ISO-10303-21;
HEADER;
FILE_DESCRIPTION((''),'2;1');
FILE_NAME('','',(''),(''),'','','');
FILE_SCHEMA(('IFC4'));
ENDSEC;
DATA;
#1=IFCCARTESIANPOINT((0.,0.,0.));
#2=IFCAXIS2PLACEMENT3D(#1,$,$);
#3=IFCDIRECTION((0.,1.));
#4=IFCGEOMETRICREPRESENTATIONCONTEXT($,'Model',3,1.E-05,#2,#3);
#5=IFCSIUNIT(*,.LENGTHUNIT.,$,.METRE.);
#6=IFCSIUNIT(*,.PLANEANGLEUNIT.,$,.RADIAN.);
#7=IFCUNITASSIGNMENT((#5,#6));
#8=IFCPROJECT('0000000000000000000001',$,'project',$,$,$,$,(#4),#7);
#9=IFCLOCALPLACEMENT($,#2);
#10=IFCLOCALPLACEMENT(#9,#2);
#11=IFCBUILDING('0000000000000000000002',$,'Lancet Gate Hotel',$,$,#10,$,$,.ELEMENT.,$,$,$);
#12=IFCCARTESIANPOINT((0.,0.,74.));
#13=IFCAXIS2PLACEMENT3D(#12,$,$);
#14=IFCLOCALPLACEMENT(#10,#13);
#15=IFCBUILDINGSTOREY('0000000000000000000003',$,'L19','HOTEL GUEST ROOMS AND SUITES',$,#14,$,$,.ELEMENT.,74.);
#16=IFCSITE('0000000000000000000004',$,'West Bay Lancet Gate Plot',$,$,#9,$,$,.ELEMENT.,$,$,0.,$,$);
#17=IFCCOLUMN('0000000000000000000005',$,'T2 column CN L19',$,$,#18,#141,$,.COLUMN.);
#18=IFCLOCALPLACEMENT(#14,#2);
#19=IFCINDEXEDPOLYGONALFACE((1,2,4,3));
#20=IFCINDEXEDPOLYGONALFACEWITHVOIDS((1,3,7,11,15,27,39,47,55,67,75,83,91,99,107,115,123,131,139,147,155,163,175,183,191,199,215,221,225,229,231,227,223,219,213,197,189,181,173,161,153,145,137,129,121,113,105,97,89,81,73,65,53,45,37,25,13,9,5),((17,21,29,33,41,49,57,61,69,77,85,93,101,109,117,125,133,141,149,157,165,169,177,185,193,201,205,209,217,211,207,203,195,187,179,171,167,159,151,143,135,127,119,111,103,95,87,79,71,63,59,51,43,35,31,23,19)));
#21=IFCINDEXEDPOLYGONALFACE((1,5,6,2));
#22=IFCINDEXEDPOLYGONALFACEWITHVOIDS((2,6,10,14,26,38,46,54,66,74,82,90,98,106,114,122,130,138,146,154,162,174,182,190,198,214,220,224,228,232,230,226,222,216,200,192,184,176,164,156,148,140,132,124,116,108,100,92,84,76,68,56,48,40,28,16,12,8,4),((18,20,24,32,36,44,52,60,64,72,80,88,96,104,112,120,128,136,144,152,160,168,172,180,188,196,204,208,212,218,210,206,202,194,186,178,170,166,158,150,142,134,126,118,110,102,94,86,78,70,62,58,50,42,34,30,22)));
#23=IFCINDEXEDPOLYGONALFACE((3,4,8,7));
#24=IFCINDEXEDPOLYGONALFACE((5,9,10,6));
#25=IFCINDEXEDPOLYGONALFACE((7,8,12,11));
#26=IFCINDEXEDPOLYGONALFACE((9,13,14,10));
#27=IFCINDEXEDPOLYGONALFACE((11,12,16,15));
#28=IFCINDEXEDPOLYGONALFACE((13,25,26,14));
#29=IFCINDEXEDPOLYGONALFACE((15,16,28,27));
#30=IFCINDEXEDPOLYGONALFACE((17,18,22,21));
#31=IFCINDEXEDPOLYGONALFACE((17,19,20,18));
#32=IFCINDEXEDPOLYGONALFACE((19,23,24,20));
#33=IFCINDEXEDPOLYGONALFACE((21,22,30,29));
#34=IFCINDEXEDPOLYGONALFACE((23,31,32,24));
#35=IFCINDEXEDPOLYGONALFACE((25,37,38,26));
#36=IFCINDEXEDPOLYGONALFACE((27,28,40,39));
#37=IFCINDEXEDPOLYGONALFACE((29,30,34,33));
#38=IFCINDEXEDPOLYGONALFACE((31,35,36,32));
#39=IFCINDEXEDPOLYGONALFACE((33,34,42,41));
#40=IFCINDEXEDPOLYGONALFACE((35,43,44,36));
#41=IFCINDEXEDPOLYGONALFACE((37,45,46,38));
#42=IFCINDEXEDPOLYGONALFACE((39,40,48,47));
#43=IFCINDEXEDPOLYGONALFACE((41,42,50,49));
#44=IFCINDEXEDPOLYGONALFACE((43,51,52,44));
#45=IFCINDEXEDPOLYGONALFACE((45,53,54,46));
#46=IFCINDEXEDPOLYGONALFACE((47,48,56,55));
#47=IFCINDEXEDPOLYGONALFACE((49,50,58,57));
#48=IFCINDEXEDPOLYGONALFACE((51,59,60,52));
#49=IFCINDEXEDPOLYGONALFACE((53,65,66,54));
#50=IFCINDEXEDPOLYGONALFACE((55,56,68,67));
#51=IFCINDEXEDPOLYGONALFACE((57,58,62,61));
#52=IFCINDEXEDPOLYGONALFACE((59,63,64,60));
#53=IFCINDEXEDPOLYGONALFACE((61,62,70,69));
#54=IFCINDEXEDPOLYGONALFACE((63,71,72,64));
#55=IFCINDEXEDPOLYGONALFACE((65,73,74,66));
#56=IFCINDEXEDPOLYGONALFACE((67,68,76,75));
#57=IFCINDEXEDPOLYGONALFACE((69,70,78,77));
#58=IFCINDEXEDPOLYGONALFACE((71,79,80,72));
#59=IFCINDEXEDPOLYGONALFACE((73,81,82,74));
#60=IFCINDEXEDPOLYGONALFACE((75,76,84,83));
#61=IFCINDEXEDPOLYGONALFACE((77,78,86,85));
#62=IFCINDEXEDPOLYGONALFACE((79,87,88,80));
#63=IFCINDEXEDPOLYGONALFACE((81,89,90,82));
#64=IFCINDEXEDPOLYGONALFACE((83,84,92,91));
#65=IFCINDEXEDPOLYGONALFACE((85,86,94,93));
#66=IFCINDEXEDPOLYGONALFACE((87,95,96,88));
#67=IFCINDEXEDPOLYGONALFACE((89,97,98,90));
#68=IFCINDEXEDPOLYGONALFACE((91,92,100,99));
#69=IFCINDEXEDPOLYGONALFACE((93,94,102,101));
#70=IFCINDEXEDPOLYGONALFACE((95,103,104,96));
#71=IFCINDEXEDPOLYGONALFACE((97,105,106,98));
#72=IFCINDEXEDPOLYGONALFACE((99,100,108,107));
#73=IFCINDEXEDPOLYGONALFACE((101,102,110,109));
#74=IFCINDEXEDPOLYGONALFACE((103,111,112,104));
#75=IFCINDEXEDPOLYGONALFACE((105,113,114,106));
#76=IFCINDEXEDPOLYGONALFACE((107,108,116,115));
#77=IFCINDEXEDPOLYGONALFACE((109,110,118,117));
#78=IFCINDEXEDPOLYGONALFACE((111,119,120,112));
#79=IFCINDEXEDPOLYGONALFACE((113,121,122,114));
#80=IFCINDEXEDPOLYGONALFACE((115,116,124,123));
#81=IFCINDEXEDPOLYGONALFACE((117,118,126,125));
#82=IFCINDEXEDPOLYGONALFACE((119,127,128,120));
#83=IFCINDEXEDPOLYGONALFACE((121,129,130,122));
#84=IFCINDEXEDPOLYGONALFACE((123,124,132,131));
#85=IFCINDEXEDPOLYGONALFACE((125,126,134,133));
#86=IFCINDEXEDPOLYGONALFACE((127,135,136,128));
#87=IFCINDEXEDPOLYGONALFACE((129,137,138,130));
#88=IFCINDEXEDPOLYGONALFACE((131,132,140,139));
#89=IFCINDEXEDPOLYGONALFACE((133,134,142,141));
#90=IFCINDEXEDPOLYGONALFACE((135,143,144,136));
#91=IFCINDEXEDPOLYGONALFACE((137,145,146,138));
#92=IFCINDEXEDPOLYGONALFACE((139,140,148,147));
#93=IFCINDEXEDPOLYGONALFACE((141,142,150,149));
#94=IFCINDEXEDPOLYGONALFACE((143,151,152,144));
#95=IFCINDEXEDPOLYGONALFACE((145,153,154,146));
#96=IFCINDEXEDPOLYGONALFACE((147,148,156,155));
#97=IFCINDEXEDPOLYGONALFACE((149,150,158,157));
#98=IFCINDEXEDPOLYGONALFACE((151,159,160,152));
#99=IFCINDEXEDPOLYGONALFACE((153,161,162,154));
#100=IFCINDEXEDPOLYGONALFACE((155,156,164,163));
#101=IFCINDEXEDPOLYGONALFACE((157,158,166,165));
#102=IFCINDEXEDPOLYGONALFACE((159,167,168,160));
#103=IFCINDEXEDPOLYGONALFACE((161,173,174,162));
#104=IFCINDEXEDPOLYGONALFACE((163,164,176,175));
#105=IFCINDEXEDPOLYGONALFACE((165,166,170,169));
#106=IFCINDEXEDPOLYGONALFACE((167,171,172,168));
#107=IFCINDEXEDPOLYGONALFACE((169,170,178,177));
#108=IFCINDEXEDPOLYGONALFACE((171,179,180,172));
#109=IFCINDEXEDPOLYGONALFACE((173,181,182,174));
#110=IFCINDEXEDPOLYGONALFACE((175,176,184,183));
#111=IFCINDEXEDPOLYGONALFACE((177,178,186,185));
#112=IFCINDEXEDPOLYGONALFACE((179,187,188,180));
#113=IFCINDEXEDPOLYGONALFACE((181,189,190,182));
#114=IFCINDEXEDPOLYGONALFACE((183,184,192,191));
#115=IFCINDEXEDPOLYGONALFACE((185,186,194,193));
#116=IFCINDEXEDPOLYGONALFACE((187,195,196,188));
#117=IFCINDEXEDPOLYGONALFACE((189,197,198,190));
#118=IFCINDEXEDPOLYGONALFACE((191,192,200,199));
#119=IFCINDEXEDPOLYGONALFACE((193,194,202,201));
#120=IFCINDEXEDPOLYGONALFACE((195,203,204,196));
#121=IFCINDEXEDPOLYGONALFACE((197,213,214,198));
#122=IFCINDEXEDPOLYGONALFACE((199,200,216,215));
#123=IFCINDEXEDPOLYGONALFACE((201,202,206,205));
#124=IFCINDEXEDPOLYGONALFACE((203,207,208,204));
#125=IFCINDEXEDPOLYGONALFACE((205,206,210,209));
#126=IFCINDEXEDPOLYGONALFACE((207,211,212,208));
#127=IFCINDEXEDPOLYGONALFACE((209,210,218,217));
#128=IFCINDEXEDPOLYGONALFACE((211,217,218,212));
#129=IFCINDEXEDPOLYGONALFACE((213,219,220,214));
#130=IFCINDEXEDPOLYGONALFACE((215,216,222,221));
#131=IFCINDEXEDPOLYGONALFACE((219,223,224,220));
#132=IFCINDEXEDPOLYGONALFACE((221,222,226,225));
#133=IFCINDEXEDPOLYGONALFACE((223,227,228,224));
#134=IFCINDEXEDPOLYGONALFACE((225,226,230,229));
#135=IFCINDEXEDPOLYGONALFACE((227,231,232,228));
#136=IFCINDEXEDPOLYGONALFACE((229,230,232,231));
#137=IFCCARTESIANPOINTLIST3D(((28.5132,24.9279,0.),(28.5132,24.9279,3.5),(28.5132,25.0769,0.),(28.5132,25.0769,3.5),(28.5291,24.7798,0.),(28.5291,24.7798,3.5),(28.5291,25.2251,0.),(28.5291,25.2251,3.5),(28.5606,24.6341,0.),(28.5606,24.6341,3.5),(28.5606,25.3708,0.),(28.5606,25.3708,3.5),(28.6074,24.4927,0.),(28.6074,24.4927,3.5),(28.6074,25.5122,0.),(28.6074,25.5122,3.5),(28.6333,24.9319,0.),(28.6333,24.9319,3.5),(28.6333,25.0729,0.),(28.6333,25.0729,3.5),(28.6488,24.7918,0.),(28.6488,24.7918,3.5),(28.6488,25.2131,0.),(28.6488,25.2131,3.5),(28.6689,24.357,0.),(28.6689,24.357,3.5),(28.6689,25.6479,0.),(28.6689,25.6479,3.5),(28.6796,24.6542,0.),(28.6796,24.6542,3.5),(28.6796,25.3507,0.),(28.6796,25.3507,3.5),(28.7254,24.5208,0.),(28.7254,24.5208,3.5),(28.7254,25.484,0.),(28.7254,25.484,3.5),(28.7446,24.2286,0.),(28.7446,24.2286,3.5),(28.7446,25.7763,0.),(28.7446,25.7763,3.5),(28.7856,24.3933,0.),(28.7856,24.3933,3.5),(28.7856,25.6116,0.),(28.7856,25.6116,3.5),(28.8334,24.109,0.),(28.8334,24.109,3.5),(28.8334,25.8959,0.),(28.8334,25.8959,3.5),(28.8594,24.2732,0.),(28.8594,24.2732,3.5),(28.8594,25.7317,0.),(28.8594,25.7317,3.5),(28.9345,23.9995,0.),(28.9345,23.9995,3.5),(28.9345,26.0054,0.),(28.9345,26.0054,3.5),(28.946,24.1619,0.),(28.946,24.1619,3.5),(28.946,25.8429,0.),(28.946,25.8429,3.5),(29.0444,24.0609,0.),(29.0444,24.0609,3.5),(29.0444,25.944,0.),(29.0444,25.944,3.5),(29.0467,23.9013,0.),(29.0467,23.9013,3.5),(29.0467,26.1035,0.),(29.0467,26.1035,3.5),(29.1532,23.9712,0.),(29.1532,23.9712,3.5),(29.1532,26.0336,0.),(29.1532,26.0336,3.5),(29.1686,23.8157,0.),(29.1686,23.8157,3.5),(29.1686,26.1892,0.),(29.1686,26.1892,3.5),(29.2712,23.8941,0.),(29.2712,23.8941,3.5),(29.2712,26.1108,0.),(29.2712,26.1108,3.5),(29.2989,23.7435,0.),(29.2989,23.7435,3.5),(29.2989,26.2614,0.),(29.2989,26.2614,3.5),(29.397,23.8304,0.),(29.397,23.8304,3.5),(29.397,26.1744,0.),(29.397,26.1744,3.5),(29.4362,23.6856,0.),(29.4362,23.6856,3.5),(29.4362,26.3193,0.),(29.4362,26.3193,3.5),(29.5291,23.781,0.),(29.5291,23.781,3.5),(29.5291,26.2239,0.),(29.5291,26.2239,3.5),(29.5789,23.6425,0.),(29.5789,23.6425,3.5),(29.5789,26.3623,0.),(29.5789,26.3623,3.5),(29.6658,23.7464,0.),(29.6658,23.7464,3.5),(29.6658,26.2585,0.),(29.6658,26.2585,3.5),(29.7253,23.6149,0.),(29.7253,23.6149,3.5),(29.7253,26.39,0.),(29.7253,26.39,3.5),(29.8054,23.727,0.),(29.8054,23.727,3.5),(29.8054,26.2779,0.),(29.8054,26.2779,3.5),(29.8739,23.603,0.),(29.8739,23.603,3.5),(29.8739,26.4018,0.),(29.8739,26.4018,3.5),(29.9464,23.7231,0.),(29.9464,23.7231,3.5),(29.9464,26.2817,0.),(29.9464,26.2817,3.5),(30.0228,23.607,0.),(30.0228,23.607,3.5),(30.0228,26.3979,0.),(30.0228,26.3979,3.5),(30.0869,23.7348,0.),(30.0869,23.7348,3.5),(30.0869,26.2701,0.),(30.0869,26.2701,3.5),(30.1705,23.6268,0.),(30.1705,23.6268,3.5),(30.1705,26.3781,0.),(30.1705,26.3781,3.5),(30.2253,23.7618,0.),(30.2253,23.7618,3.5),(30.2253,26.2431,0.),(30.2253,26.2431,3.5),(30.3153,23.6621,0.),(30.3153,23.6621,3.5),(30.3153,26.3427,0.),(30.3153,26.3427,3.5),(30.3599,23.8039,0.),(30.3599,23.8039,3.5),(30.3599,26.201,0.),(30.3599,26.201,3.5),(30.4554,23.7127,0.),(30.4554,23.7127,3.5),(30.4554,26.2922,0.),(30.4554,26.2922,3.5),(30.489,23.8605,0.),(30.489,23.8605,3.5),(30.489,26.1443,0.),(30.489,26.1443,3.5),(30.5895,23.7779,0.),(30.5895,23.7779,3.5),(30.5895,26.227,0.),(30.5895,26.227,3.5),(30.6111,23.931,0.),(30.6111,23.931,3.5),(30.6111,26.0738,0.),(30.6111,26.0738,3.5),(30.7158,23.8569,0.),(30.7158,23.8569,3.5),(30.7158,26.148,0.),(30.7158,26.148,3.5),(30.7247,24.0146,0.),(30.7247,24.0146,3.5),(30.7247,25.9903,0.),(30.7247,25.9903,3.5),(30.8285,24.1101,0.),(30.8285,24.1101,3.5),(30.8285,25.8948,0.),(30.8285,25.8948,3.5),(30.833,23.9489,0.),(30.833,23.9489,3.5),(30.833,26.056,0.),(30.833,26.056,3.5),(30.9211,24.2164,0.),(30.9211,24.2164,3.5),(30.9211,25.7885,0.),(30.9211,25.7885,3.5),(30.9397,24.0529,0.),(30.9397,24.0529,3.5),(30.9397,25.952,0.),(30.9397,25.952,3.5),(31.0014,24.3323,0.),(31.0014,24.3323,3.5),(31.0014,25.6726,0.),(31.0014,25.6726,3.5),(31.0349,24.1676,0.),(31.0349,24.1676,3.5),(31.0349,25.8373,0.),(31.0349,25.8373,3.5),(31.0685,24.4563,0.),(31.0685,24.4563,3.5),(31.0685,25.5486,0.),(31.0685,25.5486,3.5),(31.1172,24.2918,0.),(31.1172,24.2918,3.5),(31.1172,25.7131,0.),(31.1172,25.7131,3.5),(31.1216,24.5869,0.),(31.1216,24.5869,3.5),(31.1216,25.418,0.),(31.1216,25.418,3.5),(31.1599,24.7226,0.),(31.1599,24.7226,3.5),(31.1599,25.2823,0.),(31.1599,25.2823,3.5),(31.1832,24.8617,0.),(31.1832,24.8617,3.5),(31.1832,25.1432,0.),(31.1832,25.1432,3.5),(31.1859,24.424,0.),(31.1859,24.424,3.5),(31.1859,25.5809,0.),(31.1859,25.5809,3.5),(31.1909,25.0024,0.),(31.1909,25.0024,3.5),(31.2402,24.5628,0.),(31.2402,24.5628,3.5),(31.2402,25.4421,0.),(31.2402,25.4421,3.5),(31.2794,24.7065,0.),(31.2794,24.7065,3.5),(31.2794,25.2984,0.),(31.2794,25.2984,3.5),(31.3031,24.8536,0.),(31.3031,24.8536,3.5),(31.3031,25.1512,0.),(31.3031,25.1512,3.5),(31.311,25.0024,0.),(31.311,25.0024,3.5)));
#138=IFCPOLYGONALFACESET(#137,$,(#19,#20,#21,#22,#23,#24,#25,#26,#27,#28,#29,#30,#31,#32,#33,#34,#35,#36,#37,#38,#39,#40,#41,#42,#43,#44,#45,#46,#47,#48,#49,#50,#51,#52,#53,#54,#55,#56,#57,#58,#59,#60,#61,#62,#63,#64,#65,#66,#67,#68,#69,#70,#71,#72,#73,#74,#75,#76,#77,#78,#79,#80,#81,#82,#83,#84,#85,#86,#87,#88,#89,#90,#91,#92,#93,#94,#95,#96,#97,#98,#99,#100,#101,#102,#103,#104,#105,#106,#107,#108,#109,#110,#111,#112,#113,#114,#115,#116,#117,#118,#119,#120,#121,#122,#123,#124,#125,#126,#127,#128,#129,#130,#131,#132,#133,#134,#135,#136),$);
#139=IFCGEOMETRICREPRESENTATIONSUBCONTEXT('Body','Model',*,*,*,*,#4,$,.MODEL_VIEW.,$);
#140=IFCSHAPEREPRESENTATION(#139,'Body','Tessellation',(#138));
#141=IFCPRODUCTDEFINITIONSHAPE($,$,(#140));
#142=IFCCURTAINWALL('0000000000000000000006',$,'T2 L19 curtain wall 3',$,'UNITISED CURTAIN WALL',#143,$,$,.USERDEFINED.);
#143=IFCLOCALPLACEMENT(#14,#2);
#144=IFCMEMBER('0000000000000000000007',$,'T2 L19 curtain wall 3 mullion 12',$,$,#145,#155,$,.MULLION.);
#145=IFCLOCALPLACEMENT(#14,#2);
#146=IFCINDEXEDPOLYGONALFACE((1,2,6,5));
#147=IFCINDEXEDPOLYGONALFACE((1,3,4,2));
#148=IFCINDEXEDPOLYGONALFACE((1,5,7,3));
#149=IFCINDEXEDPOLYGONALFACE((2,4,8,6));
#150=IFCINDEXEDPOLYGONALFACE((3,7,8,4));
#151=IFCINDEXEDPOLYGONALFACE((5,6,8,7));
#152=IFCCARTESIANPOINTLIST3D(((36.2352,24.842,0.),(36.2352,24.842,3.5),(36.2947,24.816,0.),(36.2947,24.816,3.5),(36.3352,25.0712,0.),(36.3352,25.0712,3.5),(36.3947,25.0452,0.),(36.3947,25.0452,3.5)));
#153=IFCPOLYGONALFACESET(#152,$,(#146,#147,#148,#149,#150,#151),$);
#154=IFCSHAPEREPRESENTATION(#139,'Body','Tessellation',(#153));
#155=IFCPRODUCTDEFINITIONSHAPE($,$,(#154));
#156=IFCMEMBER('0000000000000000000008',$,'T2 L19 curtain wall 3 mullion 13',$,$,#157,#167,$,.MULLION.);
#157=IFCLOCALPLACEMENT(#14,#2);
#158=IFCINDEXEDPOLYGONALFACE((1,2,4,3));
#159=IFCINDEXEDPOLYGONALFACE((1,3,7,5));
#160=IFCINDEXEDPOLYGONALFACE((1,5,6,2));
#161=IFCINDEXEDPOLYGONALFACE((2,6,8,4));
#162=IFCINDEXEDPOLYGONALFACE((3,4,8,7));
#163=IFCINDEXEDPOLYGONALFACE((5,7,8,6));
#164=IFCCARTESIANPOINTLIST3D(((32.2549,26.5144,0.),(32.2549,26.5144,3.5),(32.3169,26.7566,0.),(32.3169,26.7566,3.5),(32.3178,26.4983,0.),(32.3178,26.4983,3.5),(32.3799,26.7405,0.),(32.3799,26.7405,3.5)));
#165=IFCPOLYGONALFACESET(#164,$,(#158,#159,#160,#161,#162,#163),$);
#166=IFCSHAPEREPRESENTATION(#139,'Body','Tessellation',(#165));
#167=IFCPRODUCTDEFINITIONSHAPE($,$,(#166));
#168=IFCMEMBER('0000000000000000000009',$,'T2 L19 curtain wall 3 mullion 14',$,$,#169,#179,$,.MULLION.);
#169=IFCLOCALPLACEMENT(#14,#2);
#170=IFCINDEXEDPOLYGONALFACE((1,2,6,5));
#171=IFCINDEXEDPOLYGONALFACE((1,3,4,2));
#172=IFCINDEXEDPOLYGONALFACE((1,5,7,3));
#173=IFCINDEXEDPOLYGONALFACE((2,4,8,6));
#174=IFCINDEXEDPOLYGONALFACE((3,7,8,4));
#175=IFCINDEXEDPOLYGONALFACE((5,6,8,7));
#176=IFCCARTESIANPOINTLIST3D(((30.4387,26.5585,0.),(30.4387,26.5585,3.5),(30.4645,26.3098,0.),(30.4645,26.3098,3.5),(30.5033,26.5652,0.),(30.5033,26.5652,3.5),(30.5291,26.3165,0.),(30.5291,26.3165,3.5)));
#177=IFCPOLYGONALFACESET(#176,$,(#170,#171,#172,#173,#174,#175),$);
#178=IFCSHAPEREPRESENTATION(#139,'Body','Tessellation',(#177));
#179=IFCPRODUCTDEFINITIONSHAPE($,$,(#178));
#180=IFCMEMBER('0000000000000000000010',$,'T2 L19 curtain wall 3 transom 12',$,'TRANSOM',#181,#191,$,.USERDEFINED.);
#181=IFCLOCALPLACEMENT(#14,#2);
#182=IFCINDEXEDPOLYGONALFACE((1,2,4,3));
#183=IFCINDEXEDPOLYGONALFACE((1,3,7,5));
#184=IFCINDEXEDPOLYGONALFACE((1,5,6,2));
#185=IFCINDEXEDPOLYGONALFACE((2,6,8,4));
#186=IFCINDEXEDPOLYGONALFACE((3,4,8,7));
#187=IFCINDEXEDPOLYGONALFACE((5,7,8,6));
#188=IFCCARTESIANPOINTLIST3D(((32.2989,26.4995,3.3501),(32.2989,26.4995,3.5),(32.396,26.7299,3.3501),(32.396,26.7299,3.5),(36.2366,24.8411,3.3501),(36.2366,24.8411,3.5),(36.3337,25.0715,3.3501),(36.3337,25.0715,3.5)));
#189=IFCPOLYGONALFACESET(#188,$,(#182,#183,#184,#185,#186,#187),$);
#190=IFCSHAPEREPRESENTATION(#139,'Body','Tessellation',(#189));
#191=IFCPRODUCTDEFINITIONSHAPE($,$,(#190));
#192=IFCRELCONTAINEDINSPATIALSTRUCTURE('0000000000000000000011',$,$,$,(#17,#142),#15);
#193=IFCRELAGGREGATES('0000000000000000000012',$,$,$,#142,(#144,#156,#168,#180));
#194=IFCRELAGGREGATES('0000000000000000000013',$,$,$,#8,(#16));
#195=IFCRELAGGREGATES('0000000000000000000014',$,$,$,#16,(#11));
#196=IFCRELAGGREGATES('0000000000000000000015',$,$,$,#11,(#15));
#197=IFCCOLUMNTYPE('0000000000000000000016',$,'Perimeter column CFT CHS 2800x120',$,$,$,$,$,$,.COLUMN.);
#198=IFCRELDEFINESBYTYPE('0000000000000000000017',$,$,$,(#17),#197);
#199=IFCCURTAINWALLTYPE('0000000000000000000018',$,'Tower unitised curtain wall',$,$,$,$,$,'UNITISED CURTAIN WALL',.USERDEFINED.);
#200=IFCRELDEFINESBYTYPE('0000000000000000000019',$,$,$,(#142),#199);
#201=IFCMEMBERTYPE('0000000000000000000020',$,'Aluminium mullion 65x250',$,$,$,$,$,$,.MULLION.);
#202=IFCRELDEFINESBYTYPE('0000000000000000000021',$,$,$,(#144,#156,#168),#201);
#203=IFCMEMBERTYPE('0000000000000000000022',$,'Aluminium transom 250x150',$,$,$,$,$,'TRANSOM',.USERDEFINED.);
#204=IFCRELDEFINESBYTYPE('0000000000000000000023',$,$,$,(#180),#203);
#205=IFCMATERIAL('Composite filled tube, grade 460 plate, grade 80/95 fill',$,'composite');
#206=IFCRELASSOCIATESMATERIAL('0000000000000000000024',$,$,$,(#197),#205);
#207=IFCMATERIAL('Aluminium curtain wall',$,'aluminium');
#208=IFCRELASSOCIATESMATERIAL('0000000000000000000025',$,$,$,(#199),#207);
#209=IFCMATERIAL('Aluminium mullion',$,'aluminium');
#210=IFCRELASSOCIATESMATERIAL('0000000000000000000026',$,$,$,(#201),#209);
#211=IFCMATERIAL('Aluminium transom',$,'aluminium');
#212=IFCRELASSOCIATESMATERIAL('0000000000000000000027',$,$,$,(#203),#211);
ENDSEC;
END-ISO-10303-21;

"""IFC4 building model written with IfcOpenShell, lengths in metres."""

from ifc_helpers import new_model, si_unit, direction, frame, origin, origin_2d, place, context, subcontext, project, spatial, rectangle, hollow_circle, extrude, material, material_profile, profile_set, type_object, element, aggregate, save


model = new_model("IFC4")

# Units and contexts
model_context = context("Model", 3, precision=1e-05, world=origin(), true_north=direction((0.0, 1.0)))
body_context = subcontext(model_context, "Body", "Model", "MODEL_VIEW")
ifc_project = project(units=[si_unit("LENGTHUNIT", "METRE"), si_unit("PLANEANGLEUNIT", "RADIAN")], contexts=[model_context])

# Site, building, storey
site_placement = place(None, origin())
site = spatial("IfcSite", under=ifc_project, at=site_placement, Name="West Bay Lancet Gate Plot", CompositionType="ELEMENT", RefElevation=0.0)
building_placement = place(site_placement, origin())
building = spatial("IfcBuilding", under=site, at=building_placement, Name="Lancet Gate Hotel", CompositionType="ELEMENT")
storey_placement = place(building_placement, frame((0.0, 0.0, 74.0)))
storey = spatial("IfcBuildingStorey", under=building, at=storey_placement, Name="L19", Description="HOTEL GUEST ROOMS AND SUITES", CompositionType="ELEMENT", Elevation=74.0)

# Column
ifc_material_1 = material(Name="Composite filled tube, grade 460 plate, grade 80/95 fill", Category="composite")
ifc_material_profile_1 = material_profile(ifc_material_1, hollow_circle(Radius=1.3999, WallThickness=0.1201, at=origin_2d()), Name="CHS 2800x120")
ifc_profile_set_1 = profile_set([ifc_material_profile_1], Name="Composite filled tube, grade 460 plate, grade 80/95 fill")
column_type = type_object("IfcColumnType", Name="Perimeter column CFT CHS 2800x120", PredefinedType="COLUMN", material=ifc_profile_set_1)
column_placement = place(storey_placement, frame((29.9111, 25.0024, 0.0), z_axis=(0.0, 0.0, 1.0), x_axis=(1.0, 0.0, 0.0)))
element("IfcColumn", 1, at=column_placement, inside=storey, type_object=column_type, Name="T2 column CN L19", PredefinedType="COLUMN", context=body_context, shape_type="SweptSolid", body=[
    extrude(hollow_circle(Radius=1.3999, WallThickness=0.1201, at=origin_2d()), origin(), (0.0, 0.0, 1.0), 3.5),
])

# Curtain wall, members
ifc_material_2 = material(Name="Aluminium curtain wall", Category="aluminium")
curtain_wall_type = type_object("IfcCurtainWallType", Name="Tower unitised curtain wall", ElementType="UNITISED CURTAIN WALL", PredefinedType="USERDEFINED", material=ifc_material_2)
curtain_wall_placement = place(storey_placement, origin())
curtain_wall = element("IfcCurtainWall", 2, at=curtain_wall_placement, inside=storey, type_object=curtain_wall_type, Name="T2 L19 curtain wall 3", ObjectType="UNITISED CURTAIN WALL", PredefinedType="USERDEFINED")
ifc_material_3 = material(Name="Aluminium mullion", Category="aluminium")
ifc_material_profile_2 = material_profile(ifc_material_3, rectangle(XDim=0.0649, YDim=0.25, at=origin_2d()), Name="MULLION 65x250")
ifc_profile_set_2 = profile_set([ifc_material_profile_2], Name="Aluminium mullion")
member_type_1 = type_object("IfcMemberType", Name="Aluminium mullion 65x250", PredefinedType="MULLION", material=ifc_profile_set_2)
member_1_placement = place(storey_placement, frame((36.3149, 24.9436, 0.0), z_axis=(0.0, 0.0, 1.0), x_axis=(-0.916579, 0.399854, 0.0)))
member_1 = element("IfcMember", 3, at=member_1_placement, type_object=member_type_1, Name="T2 L19 curtain wall 3 mullion 12", PredefinedType="MULLION", context=body_context, shape_type="SweptSolid", body=[
    extrude(rectangle(XDim=0.0649, YDim=0.25, at=origin_2d()), origin(), (0.0, 0.0, 1.0), 3.5),
])
member_2_placement = place(storey_placement, frame((32.3174, 26.6274, 0.0), z_axis=(0.0, 0.0, 1.0), x_axis=(-0.968721, 0.24815, 0.0)))
member_2 = element("IfcMember", 4, at=member_2_placement, type_object=member_type_1, Name="T2 L19 curtain wall 3 mullion 13", PredefinedType="MULLION", context=body_context, shape_type="SweptSolid", body=[
    extrude(rectangle(XDim=0.0649, YDim=0.25, at=origin_2d()), origin(), (0.0, 0.0, 1.0), 3.5),
])
member_3_placement = place(storey_placement, frame((30.4839, 26.4375, 0.0), z_axis=(0.0, 0.0, 1.0), x_axis=(-0.994672, -0.103088, 0.0)))
member_3 = element("IfcMember", 5, at=member_3_placement, type_object=member_type_1, Name="T2 L19 curtain wall 3 mullion 14", PredefinedType="MULLION", context=body_context, shape_type="SweptSolid", body=[
    extrude(rectangle(XDim=0.0649, YDim=0.25, at=origin_2d()), origin(), (0.0, 0.0, 1.0), 3.5),
])
ifc_material_4 = material(Name="Aluminium transom", Category="aluminium")
ifc_material_profile_3 = material_profile(ifc_material_4, rectangle(XDim=0.25, YDim=0.1499, at=origin_2d()), Name="TRANSOM 250x150")
ifc_profile_set_3 = profile_set([ifc_material_profile_3], Name="Aluminium transom")
member_type_2 = type_object("IfcMemberType", Name="Aluminium transom 250x150", ElementType="TRANSOM", PredefinedType="USERDEFINED", material=ifc_profile_set_3)
member_4_placement = place(storey_placement, frame((36.2852, 24.9563, 3.425), z_axis=(-0.921598, 0.388146, 0.0), x_axis=(-0.388146, -0.921598, 0.0)))
member_4 = element("IfcMember", 6, at=member_4_placement, type_object=member_type_2, Name="T2 L19 curtain wall 3 transom 12", ObjectType="TRANSOM", PredefinedType="USERDEFINED", context=body_context, shape_type="SweptSolid", body=[
    extrude(rectangle(XDim=0.25, YDim=0.1499, at=origin_2d()), origin(), (0.0, 0.0, 1.0), 4.2727),
])

aggregate(curtain_wall, [member_1, member_2, member_3, member_4])

save(model, "model.ifc")
